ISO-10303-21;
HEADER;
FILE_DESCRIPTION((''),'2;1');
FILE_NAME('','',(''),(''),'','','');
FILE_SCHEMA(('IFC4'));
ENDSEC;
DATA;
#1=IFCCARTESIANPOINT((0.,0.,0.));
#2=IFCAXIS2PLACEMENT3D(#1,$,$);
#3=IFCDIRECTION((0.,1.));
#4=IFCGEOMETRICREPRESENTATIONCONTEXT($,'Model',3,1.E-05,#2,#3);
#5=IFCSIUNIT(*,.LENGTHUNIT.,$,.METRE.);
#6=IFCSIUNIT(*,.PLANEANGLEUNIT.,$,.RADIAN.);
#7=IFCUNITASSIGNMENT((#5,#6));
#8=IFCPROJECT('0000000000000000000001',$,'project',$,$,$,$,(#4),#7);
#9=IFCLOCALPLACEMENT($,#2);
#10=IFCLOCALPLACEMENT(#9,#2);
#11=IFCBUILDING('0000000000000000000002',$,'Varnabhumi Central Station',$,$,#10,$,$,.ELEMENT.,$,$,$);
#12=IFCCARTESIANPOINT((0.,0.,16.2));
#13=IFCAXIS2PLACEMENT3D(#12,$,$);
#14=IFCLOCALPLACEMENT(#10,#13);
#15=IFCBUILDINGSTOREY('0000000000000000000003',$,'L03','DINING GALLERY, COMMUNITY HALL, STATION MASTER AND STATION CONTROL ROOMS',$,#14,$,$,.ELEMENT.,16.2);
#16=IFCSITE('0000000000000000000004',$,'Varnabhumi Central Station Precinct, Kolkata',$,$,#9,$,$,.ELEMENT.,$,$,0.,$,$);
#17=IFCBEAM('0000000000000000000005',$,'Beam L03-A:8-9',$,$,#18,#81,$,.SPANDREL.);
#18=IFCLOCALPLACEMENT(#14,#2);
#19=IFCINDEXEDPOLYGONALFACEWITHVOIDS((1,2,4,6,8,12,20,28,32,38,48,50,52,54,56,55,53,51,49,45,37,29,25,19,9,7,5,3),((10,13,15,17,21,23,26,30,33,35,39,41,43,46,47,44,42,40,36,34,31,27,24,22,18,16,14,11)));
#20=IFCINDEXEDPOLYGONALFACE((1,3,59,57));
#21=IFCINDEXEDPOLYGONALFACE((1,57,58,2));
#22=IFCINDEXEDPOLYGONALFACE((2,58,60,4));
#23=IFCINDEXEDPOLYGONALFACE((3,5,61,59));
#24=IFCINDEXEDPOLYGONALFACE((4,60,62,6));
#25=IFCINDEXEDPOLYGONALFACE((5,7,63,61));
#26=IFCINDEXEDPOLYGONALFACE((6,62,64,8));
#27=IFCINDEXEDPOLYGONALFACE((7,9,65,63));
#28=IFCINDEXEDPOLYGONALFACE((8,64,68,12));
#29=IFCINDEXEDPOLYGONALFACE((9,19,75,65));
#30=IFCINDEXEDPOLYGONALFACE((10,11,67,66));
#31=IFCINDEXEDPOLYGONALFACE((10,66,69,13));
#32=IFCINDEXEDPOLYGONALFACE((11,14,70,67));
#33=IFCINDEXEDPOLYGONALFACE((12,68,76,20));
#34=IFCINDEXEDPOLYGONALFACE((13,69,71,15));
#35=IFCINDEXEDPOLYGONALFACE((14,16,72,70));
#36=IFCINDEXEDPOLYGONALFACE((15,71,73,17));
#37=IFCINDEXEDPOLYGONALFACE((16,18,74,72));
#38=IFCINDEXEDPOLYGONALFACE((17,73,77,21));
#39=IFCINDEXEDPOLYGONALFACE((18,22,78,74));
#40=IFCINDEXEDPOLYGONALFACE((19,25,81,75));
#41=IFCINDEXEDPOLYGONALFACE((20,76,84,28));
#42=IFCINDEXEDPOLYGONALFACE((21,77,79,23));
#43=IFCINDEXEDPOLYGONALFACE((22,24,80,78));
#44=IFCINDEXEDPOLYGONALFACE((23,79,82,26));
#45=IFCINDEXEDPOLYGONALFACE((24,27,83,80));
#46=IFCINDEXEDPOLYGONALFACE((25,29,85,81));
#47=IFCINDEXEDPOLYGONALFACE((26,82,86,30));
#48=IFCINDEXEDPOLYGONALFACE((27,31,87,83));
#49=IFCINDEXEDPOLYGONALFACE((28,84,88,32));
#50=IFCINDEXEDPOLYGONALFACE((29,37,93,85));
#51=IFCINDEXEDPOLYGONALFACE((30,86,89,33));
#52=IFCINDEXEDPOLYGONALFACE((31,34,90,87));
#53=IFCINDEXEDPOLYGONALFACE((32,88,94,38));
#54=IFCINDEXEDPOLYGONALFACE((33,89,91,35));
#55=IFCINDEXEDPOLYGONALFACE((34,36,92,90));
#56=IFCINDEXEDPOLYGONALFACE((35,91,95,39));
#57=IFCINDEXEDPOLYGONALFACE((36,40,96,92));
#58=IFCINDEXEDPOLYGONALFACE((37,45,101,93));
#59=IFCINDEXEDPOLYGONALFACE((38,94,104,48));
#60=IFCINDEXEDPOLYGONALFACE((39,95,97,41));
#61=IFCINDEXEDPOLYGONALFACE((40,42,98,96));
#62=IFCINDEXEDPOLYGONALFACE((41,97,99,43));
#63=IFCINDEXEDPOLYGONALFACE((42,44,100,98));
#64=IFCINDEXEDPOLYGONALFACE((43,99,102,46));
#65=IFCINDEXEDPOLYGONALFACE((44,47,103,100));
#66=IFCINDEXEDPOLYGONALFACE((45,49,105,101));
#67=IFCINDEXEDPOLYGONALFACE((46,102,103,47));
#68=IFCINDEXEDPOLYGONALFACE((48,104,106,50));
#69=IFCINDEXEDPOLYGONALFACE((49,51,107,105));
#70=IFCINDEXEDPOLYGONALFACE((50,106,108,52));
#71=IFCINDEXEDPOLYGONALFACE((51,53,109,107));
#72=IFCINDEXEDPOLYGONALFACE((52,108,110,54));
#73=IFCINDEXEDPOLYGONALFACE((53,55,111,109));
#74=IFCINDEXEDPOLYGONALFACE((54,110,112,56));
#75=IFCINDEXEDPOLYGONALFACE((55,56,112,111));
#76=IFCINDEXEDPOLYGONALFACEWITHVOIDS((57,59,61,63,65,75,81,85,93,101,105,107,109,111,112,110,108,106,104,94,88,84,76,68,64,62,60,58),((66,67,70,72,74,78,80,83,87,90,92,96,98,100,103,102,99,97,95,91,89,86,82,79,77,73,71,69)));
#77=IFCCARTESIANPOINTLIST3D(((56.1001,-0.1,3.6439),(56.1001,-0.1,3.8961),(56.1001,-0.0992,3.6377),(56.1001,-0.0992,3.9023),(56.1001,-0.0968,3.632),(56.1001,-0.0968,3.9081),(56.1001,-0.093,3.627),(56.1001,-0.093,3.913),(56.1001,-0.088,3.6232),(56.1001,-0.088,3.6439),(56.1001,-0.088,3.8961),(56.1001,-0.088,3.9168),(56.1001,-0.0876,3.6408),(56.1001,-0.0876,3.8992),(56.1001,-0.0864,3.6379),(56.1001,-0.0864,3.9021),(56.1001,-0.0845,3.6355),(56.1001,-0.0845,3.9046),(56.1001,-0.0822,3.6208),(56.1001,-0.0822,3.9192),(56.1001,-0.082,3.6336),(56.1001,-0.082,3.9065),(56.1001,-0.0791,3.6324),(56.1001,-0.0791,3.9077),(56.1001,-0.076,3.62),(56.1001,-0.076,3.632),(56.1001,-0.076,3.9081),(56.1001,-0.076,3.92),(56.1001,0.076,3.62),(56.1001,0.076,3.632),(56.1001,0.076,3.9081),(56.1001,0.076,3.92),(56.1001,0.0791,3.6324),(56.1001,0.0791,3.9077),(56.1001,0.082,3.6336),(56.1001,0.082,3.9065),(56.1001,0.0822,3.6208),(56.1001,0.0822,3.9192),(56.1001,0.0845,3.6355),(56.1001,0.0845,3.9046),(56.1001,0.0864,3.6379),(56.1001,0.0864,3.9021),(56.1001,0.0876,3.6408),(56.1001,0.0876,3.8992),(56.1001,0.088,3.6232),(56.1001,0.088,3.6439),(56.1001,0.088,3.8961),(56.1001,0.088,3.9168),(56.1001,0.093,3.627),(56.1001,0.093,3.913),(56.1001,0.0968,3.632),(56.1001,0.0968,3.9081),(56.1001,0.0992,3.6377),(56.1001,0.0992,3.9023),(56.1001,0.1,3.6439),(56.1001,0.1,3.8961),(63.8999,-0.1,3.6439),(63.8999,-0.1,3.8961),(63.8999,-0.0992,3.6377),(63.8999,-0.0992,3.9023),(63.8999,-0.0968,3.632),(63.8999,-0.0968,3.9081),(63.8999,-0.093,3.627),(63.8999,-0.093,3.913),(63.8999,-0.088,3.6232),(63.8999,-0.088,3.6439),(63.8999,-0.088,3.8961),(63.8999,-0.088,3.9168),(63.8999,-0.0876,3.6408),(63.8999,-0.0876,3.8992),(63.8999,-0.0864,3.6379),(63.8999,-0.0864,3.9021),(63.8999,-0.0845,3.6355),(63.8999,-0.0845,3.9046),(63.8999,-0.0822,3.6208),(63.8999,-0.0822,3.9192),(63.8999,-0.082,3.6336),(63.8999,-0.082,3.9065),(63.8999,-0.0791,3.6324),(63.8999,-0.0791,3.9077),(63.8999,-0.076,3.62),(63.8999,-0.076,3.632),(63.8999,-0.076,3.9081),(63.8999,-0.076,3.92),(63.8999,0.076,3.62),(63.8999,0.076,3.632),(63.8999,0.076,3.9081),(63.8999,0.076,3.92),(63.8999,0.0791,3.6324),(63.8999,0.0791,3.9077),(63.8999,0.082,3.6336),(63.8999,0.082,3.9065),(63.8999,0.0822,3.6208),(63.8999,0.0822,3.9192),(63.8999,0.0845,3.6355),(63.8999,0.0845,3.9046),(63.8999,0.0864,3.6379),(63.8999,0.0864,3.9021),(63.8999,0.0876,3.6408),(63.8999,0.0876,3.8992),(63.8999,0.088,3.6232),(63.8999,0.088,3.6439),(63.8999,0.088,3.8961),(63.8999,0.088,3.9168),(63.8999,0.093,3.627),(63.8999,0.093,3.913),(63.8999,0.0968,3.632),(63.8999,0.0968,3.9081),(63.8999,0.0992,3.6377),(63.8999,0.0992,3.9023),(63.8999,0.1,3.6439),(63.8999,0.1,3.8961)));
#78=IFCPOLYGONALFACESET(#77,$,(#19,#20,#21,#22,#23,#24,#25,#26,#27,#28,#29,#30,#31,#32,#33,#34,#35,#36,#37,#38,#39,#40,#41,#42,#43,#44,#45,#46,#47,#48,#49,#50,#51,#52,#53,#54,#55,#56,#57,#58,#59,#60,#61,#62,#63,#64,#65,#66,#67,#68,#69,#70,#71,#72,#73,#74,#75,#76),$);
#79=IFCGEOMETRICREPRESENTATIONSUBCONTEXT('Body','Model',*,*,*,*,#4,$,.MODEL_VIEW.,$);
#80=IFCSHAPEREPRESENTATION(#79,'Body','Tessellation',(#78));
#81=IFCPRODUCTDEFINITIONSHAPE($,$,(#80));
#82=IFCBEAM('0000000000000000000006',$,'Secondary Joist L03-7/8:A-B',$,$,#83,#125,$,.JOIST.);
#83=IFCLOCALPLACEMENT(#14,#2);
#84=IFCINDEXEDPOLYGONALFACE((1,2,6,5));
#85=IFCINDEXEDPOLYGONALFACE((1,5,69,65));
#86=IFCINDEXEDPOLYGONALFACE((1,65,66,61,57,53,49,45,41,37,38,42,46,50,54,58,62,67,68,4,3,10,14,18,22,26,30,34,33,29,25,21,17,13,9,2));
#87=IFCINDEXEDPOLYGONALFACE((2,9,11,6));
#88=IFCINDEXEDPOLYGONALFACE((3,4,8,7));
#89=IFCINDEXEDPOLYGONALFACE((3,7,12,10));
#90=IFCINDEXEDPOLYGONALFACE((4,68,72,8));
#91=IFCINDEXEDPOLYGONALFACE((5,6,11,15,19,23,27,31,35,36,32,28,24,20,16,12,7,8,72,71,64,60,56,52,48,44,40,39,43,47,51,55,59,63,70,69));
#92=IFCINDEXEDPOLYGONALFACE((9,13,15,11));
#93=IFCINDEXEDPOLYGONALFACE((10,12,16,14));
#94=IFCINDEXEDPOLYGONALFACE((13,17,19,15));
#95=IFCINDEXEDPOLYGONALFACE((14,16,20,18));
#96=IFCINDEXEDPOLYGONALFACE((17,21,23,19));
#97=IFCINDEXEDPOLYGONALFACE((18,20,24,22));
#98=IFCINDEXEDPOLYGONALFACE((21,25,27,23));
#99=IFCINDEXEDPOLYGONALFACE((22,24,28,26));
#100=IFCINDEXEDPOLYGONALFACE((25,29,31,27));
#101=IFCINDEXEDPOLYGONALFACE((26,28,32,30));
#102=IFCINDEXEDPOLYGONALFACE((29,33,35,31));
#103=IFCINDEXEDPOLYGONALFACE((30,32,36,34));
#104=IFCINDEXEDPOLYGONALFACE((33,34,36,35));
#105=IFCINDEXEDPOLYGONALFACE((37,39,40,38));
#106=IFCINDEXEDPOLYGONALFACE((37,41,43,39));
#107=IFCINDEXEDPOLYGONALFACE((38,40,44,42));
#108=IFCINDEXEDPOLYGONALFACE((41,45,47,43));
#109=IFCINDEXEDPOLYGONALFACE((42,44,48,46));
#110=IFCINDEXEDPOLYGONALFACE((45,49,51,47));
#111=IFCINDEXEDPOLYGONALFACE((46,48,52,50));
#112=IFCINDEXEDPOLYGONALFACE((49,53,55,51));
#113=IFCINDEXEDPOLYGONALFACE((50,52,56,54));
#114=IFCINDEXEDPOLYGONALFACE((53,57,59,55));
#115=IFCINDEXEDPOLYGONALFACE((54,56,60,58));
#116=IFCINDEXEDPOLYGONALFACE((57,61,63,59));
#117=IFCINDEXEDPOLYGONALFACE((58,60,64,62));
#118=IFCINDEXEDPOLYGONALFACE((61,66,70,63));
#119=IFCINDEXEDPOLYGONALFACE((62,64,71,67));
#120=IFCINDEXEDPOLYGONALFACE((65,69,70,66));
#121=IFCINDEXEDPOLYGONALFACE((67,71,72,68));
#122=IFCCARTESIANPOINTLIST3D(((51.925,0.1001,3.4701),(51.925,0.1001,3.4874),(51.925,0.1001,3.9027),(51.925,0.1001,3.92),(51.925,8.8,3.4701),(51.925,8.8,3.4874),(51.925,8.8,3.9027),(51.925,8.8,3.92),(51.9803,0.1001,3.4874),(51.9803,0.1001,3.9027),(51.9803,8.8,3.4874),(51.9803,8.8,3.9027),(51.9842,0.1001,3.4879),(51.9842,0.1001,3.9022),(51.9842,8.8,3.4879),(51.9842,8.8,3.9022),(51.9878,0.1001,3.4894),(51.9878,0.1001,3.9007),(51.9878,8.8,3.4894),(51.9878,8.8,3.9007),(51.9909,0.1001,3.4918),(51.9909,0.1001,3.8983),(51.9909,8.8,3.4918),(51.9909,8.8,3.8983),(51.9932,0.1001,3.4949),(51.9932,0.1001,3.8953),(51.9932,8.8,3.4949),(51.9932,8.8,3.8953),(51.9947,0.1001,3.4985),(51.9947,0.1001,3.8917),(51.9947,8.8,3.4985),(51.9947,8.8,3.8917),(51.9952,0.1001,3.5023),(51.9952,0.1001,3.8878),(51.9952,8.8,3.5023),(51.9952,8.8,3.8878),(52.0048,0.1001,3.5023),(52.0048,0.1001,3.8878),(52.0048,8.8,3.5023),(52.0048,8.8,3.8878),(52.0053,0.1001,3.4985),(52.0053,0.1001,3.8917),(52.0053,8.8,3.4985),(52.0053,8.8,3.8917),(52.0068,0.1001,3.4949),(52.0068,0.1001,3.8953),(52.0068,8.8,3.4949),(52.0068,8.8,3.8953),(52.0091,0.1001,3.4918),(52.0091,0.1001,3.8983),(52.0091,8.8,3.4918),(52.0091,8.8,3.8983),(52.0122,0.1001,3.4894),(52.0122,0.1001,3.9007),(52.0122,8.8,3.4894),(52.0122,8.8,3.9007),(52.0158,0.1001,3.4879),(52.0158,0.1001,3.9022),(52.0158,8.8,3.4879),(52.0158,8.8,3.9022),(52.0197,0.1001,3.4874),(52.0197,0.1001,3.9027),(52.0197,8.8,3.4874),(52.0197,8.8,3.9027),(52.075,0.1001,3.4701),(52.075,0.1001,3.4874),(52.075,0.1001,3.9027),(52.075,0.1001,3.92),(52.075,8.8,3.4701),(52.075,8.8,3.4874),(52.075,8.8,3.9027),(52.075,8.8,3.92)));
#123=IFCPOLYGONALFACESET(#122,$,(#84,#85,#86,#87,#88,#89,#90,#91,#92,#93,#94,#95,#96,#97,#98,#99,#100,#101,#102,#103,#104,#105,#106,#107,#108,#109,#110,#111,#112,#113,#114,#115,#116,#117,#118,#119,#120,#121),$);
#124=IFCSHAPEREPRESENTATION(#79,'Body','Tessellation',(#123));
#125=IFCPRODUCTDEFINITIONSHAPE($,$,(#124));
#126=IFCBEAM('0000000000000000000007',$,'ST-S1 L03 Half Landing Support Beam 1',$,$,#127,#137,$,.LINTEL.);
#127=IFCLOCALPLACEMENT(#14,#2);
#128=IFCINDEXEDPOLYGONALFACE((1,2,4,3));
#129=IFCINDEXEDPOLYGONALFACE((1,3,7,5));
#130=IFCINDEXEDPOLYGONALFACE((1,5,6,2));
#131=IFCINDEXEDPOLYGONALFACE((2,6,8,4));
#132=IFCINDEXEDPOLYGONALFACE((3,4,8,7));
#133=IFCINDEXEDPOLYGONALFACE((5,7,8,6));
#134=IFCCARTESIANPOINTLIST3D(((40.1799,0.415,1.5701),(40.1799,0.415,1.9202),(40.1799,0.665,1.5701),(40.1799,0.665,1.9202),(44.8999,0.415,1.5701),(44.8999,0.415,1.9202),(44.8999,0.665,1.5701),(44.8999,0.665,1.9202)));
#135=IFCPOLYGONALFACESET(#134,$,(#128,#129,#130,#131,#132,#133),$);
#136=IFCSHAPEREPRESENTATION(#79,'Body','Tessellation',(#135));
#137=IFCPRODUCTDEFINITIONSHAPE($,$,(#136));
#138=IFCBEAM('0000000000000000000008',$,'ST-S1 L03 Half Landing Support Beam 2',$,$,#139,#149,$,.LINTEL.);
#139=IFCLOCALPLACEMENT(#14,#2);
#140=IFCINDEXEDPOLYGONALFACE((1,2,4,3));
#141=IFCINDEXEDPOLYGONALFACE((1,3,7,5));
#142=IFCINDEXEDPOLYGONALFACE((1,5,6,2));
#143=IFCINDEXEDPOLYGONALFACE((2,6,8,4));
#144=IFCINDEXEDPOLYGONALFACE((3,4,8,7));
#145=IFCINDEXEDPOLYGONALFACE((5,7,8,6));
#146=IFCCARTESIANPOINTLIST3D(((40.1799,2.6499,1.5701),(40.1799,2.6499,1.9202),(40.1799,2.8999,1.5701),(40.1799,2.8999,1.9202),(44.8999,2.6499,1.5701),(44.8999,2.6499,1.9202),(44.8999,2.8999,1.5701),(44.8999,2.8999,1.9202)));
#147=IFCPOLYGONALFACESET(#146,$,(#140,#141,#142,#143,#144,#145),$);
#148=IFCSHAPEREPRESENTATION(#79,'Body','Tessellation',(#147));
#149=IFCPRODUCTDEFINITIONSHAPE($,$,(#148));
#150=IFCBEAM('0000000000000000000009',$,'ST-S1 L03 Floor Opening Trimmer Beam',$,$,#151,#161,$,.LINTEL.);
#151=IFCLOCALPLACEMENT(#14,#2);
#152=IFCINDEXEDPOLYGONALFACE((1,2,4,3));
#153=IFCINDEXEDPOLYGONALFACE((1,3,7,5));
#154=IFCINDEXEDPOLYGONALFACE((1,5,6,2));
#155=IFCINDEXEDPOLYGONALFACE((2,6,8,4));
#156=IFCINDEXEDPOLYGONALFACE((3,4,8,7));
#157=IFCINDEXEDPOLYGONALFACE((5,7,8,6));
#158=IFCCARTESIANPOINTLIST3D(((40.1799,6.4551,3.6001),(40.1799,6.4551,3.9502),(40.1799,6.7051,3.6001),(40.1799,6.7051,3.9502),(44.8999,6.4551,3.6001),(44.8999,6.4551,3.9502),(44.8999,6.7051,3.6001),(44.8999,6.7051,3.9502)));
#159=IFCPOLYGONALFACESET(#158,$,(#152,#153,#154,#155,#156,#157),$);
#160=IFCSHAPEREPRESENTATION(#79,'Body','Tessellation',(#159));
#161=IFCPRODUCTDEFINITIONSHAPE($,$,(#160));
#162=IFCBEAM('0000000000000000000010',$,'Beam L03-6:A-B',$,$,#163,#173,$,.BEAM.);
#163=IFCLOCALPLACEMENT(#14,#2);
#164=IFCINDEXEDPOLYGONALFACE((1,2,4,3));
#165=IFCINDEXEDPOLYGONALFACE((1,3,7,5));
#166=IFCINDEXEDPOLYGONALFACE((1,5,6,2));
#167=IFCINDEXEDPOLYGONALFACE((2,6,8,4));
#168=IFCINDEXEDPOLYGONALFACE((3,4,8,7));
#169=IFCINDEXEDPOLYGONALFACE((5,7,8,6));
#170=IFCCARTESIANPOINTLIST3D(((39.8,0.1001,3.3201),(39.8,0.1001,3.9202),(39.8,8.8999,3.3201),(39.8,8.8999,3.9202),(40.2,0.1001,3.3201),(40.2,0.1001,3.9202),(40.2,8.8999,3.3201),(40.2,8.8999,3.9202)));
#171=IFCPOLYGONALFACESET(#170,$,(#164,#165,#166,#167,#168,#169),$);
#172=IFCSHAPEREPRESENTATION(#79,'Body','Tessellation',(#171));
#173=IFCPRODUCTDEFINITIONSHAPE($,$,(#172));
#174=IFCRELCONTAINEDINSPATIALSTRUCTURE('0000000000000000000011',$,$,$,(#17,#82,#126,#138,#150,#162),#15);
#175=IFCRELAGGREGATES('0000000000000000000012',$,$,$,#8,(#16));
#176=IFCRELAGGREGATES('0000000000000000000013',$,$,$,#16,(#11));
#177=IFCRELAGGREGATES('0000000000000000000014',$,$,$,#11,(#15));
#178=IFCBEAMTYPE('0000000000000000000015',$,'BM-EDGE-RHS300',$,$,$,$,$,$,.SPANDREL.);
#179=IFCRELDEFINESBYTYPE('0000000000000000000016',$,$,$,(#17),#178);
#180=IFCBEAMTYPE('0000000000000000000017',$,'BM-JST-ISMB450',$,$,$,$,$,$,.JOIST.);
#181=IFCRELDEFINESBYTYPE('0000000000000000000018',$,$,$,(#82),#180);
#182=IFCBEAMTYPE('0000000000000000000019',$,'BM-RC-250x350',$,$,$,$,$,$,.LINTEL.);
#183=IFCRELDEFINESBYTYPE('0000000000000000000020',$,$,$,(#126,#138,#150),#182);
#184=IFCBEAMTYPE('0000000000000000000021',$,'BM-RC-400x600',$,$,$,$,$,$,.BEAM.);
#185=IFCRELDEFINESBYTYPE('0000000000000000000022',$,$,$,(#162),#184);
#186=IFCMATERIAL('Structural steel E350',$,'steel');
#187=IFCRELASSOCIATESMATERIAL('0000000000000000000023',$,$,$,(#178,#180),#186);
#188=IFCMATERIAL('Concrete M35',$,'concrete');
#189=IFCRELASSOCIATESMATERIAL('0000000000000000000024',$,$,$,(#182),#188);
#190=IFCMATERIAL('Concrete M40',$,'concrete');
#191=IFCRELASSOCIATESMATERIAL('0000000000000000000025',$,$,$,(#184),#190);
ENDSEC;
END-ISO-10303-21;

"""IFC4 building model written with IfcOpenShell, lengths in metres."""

from ifc_helpers import new_model, si_unit, direction, frame, origin, origin_2d, place, context, subcontext, project, spatial, rectangle, hollow_rectangle, i_section, extrude, material, material_profile, profile_set, type_object, element, save


model = new_model("IFC4")

# Units and contexts
model_context = context("Model", 3, precision=1e-05, world=origin(), true_north=direction((0.0, 1.0)))
body_context = subcontext(model_context, "Body", "Model", "MODEL_VIEW")
ifc_project = project(units=[si_unit("LENGTHUNIT", "METRE"), si_unit("PLANEANGLEUNIT", "RADIAN")], contexts=[model_context])

# Site, building, storey
site_placement = place(None, origin())
site = spatial("IfcSite", under=ifc_project, at=site_placement, Name="Varnabhumi Central Station Precinct, Kolkata", CompositionType="ELEMENT", RefElevation=0.0)
building_placement = place(site_placement, origin())
building = spatial("IfcBuilding", under=site, at=building_placement, Name="Varnabhumi Central Station", CompositionType="ELEMENT")
storey_placement = place(building_placement, frame((0.0, 0.0, 16.2)))
storey = spatial("IfcBuildingStorey", under=building, at=storey_placement, Name="L03", Description="DINING GALLERY, COMMUNITY HALL, STATION MASTER AND STATION CONTROL ROOMS", CompositionType="ELEMENT", Elevation=16.2)

# Shared definitions
ifc_material_1 = material(Name="Concrete M40", Category="concrete")

# Beams
ifc_material_2 = material(Name="Structural steel E350", Category="steel")
ifc_material_profile_1 = material_profile(ifc_material_2, hollow_rectangle(XDim=0.2, YDim=0.3, WallThickness=0.012, InnerFilletRadius=0.012, OuterFilletRadius=0.0239, at=origin_2d()), Name="Structural steel E350", Category="steel")
ifc_profile_set_1 = profile_set([ifc_material_profile_1], Name="Structural steel E350")
beam_type_1 = type_object("IfcBeamType", Name="BM-EDGE-RHS300", PredefinedType="SPANDREL", material=ifc_profile_set_1)
for number, where, z_axis, x_axis, name in (
    (1, (56.1001, 0.0, 3.77), (1.0, 0.0, 0.0), (0.0, 1.0, 0.0), "Beam L03-A:8-9"),
):
    element("IfcBeam", number, at=place(storey_placement, frame(where, z_axis=z_axis, x_axis=x_axis)), inside=storey, type_object=beam_type_1, Name=name, PredefinedType="SPANDREL", context=body_context, shape_type="SweptSolid", body=[
        extrude(hollow_rectangle(XDim=0.2, YDim=0.3, WallThickness=0.012, InnerFilletRadius=0.012, OuterFilletRadius=0.0239, at=origin_2d()), origin(), (0.0, 0.0, 1.0), 7.7998),
    ])
ifc_material_profile_2 = material_profile(ifc_material_2, i_section(OverallWidth=0.1499, OverallDepth=0.45, WebThickness=0.0095, FlangeThickness=0.0173, FilletRadius=0.0149, at=origin_2d()), Name="Structural steel E350", Category="steel")
ifc_profile_set_2 = profile_set([ifc_material_profile_2], Name="Structural steel E350")
beam_type_2 = type_object("IfcBeamType", Name="BM-JST-ISMB450", PredefinedType="JOIST", material=ifc_profile_set_2)
beam_1_placement = place(storey_placement, frame((52.0, 0.1001, 3.6951), z_axis=(0.0, 1.0, 0.0), x_axis=(-1.0, 0.0, 0.0)))
element("IfcBeam", 2, at=beam_1_placement, inside=storey, type_object=beam_type_2, Name="Secondary Joist L03-7/8:A-B", PredefinedType="JOIST", context=body_context, shape_type="SweptSolid", body=[
    extrude(i_section(OverallWidth=0.1499, OverallDepth=0.45, WebThickness=0.0095, FlangeThickness=0.0173, FilletRadius=0.0149, at=origin_2d()), origin(), (0.0, 0.0, 1.0), 8.7),
])
ifc_material_3 = material(Name="Concrete M35", Category="concrete")
ifc_material_profile_3 = material_profile(ifc_material_3, rectangle(XDim=0.25, YDim=0.3501, at=origin_2d()), Name="Concrete M35", Category="concrete")
ifc_profile_set_3 = profile_set([ifc_material_profile_3], Name="Concrete M35")
beam_type_3 = type_object("IfcBeamType", Name="BM-RC-250x350", PredefinedType="LINTEL", material=ifc_profile_set_3)
for number, where, z_axis, x_axis, name in (
    (3, (40.1799, 0.54, 1.7451), (1.0, 0.0, 0.0), (0.0, 1.0, 0.0), "ST-S1 L03 Half Landing Support Beam 1"),
    (4, (40.1799, 2.7749, 1.7451), (1.0, 0.0, 0.0), (0.0, 1.0, 0.0), "ST-S1 L03 Half Landing Support Beam 2"),
    (5, (40.1799, 6.5801, 3.7751), (1.0, 0.0, 0.0), (0.0, 1.0, 0.0), "ST-S1 L03 Floor Opening Trimmer Beam"),
):
    element("IfcBeam", number, at=place(storey_placement, frame(where, z_axis=z_axis, x_axis=x_axis)), inside=storey, type_object=beam_type_3, Name=name, PredefinedType="LINTEL", context=body_context, shape_type="SweptSolid", body=[
        extrude(rectangle(XDim=0.25, YDim=0.3501, at=origin_2d()), origin(), (0.0, 0.0, 1.0), 4.72),
    ])
ifc_material_profile_4 = material_profile(ifc_material_1, rectangle(XDim=0.3999, YDim=0.6001, at=origin_2d()), Name="Concrete M40", Category="concrete")
ifc_profile_set_4 = profile_set([ifc_material_profile_4], Name="Concrete M40")
beam_type_4 = type_object("IfcBeamType", Name="BM-RC-400x600", PredefinedType="BEAM", material=ifc_profile_set_4)
beam_2_placement = place(storey_placement, frame((40.0, 0.1001, 3.6201), z_axis=(0.0, 1.0, 0.0), x_axis=(-1.0, 0.0, 0.0)))
element("IfcBeam", 6, at=beam_2_placement, inside=storey, type_object=beam_type_4, Name="Beam L03-6:A-B", PredefinedType="BEAM", context=body_context, shape_type="SweptSolid", body=[
    extrude(rectangle(XDim=0.3999, YDim=0.6001, at=origin_2d()), origin(), (0.0, 0.0, 1.0), 8.7998),
])

save(model, "model.ifc")
